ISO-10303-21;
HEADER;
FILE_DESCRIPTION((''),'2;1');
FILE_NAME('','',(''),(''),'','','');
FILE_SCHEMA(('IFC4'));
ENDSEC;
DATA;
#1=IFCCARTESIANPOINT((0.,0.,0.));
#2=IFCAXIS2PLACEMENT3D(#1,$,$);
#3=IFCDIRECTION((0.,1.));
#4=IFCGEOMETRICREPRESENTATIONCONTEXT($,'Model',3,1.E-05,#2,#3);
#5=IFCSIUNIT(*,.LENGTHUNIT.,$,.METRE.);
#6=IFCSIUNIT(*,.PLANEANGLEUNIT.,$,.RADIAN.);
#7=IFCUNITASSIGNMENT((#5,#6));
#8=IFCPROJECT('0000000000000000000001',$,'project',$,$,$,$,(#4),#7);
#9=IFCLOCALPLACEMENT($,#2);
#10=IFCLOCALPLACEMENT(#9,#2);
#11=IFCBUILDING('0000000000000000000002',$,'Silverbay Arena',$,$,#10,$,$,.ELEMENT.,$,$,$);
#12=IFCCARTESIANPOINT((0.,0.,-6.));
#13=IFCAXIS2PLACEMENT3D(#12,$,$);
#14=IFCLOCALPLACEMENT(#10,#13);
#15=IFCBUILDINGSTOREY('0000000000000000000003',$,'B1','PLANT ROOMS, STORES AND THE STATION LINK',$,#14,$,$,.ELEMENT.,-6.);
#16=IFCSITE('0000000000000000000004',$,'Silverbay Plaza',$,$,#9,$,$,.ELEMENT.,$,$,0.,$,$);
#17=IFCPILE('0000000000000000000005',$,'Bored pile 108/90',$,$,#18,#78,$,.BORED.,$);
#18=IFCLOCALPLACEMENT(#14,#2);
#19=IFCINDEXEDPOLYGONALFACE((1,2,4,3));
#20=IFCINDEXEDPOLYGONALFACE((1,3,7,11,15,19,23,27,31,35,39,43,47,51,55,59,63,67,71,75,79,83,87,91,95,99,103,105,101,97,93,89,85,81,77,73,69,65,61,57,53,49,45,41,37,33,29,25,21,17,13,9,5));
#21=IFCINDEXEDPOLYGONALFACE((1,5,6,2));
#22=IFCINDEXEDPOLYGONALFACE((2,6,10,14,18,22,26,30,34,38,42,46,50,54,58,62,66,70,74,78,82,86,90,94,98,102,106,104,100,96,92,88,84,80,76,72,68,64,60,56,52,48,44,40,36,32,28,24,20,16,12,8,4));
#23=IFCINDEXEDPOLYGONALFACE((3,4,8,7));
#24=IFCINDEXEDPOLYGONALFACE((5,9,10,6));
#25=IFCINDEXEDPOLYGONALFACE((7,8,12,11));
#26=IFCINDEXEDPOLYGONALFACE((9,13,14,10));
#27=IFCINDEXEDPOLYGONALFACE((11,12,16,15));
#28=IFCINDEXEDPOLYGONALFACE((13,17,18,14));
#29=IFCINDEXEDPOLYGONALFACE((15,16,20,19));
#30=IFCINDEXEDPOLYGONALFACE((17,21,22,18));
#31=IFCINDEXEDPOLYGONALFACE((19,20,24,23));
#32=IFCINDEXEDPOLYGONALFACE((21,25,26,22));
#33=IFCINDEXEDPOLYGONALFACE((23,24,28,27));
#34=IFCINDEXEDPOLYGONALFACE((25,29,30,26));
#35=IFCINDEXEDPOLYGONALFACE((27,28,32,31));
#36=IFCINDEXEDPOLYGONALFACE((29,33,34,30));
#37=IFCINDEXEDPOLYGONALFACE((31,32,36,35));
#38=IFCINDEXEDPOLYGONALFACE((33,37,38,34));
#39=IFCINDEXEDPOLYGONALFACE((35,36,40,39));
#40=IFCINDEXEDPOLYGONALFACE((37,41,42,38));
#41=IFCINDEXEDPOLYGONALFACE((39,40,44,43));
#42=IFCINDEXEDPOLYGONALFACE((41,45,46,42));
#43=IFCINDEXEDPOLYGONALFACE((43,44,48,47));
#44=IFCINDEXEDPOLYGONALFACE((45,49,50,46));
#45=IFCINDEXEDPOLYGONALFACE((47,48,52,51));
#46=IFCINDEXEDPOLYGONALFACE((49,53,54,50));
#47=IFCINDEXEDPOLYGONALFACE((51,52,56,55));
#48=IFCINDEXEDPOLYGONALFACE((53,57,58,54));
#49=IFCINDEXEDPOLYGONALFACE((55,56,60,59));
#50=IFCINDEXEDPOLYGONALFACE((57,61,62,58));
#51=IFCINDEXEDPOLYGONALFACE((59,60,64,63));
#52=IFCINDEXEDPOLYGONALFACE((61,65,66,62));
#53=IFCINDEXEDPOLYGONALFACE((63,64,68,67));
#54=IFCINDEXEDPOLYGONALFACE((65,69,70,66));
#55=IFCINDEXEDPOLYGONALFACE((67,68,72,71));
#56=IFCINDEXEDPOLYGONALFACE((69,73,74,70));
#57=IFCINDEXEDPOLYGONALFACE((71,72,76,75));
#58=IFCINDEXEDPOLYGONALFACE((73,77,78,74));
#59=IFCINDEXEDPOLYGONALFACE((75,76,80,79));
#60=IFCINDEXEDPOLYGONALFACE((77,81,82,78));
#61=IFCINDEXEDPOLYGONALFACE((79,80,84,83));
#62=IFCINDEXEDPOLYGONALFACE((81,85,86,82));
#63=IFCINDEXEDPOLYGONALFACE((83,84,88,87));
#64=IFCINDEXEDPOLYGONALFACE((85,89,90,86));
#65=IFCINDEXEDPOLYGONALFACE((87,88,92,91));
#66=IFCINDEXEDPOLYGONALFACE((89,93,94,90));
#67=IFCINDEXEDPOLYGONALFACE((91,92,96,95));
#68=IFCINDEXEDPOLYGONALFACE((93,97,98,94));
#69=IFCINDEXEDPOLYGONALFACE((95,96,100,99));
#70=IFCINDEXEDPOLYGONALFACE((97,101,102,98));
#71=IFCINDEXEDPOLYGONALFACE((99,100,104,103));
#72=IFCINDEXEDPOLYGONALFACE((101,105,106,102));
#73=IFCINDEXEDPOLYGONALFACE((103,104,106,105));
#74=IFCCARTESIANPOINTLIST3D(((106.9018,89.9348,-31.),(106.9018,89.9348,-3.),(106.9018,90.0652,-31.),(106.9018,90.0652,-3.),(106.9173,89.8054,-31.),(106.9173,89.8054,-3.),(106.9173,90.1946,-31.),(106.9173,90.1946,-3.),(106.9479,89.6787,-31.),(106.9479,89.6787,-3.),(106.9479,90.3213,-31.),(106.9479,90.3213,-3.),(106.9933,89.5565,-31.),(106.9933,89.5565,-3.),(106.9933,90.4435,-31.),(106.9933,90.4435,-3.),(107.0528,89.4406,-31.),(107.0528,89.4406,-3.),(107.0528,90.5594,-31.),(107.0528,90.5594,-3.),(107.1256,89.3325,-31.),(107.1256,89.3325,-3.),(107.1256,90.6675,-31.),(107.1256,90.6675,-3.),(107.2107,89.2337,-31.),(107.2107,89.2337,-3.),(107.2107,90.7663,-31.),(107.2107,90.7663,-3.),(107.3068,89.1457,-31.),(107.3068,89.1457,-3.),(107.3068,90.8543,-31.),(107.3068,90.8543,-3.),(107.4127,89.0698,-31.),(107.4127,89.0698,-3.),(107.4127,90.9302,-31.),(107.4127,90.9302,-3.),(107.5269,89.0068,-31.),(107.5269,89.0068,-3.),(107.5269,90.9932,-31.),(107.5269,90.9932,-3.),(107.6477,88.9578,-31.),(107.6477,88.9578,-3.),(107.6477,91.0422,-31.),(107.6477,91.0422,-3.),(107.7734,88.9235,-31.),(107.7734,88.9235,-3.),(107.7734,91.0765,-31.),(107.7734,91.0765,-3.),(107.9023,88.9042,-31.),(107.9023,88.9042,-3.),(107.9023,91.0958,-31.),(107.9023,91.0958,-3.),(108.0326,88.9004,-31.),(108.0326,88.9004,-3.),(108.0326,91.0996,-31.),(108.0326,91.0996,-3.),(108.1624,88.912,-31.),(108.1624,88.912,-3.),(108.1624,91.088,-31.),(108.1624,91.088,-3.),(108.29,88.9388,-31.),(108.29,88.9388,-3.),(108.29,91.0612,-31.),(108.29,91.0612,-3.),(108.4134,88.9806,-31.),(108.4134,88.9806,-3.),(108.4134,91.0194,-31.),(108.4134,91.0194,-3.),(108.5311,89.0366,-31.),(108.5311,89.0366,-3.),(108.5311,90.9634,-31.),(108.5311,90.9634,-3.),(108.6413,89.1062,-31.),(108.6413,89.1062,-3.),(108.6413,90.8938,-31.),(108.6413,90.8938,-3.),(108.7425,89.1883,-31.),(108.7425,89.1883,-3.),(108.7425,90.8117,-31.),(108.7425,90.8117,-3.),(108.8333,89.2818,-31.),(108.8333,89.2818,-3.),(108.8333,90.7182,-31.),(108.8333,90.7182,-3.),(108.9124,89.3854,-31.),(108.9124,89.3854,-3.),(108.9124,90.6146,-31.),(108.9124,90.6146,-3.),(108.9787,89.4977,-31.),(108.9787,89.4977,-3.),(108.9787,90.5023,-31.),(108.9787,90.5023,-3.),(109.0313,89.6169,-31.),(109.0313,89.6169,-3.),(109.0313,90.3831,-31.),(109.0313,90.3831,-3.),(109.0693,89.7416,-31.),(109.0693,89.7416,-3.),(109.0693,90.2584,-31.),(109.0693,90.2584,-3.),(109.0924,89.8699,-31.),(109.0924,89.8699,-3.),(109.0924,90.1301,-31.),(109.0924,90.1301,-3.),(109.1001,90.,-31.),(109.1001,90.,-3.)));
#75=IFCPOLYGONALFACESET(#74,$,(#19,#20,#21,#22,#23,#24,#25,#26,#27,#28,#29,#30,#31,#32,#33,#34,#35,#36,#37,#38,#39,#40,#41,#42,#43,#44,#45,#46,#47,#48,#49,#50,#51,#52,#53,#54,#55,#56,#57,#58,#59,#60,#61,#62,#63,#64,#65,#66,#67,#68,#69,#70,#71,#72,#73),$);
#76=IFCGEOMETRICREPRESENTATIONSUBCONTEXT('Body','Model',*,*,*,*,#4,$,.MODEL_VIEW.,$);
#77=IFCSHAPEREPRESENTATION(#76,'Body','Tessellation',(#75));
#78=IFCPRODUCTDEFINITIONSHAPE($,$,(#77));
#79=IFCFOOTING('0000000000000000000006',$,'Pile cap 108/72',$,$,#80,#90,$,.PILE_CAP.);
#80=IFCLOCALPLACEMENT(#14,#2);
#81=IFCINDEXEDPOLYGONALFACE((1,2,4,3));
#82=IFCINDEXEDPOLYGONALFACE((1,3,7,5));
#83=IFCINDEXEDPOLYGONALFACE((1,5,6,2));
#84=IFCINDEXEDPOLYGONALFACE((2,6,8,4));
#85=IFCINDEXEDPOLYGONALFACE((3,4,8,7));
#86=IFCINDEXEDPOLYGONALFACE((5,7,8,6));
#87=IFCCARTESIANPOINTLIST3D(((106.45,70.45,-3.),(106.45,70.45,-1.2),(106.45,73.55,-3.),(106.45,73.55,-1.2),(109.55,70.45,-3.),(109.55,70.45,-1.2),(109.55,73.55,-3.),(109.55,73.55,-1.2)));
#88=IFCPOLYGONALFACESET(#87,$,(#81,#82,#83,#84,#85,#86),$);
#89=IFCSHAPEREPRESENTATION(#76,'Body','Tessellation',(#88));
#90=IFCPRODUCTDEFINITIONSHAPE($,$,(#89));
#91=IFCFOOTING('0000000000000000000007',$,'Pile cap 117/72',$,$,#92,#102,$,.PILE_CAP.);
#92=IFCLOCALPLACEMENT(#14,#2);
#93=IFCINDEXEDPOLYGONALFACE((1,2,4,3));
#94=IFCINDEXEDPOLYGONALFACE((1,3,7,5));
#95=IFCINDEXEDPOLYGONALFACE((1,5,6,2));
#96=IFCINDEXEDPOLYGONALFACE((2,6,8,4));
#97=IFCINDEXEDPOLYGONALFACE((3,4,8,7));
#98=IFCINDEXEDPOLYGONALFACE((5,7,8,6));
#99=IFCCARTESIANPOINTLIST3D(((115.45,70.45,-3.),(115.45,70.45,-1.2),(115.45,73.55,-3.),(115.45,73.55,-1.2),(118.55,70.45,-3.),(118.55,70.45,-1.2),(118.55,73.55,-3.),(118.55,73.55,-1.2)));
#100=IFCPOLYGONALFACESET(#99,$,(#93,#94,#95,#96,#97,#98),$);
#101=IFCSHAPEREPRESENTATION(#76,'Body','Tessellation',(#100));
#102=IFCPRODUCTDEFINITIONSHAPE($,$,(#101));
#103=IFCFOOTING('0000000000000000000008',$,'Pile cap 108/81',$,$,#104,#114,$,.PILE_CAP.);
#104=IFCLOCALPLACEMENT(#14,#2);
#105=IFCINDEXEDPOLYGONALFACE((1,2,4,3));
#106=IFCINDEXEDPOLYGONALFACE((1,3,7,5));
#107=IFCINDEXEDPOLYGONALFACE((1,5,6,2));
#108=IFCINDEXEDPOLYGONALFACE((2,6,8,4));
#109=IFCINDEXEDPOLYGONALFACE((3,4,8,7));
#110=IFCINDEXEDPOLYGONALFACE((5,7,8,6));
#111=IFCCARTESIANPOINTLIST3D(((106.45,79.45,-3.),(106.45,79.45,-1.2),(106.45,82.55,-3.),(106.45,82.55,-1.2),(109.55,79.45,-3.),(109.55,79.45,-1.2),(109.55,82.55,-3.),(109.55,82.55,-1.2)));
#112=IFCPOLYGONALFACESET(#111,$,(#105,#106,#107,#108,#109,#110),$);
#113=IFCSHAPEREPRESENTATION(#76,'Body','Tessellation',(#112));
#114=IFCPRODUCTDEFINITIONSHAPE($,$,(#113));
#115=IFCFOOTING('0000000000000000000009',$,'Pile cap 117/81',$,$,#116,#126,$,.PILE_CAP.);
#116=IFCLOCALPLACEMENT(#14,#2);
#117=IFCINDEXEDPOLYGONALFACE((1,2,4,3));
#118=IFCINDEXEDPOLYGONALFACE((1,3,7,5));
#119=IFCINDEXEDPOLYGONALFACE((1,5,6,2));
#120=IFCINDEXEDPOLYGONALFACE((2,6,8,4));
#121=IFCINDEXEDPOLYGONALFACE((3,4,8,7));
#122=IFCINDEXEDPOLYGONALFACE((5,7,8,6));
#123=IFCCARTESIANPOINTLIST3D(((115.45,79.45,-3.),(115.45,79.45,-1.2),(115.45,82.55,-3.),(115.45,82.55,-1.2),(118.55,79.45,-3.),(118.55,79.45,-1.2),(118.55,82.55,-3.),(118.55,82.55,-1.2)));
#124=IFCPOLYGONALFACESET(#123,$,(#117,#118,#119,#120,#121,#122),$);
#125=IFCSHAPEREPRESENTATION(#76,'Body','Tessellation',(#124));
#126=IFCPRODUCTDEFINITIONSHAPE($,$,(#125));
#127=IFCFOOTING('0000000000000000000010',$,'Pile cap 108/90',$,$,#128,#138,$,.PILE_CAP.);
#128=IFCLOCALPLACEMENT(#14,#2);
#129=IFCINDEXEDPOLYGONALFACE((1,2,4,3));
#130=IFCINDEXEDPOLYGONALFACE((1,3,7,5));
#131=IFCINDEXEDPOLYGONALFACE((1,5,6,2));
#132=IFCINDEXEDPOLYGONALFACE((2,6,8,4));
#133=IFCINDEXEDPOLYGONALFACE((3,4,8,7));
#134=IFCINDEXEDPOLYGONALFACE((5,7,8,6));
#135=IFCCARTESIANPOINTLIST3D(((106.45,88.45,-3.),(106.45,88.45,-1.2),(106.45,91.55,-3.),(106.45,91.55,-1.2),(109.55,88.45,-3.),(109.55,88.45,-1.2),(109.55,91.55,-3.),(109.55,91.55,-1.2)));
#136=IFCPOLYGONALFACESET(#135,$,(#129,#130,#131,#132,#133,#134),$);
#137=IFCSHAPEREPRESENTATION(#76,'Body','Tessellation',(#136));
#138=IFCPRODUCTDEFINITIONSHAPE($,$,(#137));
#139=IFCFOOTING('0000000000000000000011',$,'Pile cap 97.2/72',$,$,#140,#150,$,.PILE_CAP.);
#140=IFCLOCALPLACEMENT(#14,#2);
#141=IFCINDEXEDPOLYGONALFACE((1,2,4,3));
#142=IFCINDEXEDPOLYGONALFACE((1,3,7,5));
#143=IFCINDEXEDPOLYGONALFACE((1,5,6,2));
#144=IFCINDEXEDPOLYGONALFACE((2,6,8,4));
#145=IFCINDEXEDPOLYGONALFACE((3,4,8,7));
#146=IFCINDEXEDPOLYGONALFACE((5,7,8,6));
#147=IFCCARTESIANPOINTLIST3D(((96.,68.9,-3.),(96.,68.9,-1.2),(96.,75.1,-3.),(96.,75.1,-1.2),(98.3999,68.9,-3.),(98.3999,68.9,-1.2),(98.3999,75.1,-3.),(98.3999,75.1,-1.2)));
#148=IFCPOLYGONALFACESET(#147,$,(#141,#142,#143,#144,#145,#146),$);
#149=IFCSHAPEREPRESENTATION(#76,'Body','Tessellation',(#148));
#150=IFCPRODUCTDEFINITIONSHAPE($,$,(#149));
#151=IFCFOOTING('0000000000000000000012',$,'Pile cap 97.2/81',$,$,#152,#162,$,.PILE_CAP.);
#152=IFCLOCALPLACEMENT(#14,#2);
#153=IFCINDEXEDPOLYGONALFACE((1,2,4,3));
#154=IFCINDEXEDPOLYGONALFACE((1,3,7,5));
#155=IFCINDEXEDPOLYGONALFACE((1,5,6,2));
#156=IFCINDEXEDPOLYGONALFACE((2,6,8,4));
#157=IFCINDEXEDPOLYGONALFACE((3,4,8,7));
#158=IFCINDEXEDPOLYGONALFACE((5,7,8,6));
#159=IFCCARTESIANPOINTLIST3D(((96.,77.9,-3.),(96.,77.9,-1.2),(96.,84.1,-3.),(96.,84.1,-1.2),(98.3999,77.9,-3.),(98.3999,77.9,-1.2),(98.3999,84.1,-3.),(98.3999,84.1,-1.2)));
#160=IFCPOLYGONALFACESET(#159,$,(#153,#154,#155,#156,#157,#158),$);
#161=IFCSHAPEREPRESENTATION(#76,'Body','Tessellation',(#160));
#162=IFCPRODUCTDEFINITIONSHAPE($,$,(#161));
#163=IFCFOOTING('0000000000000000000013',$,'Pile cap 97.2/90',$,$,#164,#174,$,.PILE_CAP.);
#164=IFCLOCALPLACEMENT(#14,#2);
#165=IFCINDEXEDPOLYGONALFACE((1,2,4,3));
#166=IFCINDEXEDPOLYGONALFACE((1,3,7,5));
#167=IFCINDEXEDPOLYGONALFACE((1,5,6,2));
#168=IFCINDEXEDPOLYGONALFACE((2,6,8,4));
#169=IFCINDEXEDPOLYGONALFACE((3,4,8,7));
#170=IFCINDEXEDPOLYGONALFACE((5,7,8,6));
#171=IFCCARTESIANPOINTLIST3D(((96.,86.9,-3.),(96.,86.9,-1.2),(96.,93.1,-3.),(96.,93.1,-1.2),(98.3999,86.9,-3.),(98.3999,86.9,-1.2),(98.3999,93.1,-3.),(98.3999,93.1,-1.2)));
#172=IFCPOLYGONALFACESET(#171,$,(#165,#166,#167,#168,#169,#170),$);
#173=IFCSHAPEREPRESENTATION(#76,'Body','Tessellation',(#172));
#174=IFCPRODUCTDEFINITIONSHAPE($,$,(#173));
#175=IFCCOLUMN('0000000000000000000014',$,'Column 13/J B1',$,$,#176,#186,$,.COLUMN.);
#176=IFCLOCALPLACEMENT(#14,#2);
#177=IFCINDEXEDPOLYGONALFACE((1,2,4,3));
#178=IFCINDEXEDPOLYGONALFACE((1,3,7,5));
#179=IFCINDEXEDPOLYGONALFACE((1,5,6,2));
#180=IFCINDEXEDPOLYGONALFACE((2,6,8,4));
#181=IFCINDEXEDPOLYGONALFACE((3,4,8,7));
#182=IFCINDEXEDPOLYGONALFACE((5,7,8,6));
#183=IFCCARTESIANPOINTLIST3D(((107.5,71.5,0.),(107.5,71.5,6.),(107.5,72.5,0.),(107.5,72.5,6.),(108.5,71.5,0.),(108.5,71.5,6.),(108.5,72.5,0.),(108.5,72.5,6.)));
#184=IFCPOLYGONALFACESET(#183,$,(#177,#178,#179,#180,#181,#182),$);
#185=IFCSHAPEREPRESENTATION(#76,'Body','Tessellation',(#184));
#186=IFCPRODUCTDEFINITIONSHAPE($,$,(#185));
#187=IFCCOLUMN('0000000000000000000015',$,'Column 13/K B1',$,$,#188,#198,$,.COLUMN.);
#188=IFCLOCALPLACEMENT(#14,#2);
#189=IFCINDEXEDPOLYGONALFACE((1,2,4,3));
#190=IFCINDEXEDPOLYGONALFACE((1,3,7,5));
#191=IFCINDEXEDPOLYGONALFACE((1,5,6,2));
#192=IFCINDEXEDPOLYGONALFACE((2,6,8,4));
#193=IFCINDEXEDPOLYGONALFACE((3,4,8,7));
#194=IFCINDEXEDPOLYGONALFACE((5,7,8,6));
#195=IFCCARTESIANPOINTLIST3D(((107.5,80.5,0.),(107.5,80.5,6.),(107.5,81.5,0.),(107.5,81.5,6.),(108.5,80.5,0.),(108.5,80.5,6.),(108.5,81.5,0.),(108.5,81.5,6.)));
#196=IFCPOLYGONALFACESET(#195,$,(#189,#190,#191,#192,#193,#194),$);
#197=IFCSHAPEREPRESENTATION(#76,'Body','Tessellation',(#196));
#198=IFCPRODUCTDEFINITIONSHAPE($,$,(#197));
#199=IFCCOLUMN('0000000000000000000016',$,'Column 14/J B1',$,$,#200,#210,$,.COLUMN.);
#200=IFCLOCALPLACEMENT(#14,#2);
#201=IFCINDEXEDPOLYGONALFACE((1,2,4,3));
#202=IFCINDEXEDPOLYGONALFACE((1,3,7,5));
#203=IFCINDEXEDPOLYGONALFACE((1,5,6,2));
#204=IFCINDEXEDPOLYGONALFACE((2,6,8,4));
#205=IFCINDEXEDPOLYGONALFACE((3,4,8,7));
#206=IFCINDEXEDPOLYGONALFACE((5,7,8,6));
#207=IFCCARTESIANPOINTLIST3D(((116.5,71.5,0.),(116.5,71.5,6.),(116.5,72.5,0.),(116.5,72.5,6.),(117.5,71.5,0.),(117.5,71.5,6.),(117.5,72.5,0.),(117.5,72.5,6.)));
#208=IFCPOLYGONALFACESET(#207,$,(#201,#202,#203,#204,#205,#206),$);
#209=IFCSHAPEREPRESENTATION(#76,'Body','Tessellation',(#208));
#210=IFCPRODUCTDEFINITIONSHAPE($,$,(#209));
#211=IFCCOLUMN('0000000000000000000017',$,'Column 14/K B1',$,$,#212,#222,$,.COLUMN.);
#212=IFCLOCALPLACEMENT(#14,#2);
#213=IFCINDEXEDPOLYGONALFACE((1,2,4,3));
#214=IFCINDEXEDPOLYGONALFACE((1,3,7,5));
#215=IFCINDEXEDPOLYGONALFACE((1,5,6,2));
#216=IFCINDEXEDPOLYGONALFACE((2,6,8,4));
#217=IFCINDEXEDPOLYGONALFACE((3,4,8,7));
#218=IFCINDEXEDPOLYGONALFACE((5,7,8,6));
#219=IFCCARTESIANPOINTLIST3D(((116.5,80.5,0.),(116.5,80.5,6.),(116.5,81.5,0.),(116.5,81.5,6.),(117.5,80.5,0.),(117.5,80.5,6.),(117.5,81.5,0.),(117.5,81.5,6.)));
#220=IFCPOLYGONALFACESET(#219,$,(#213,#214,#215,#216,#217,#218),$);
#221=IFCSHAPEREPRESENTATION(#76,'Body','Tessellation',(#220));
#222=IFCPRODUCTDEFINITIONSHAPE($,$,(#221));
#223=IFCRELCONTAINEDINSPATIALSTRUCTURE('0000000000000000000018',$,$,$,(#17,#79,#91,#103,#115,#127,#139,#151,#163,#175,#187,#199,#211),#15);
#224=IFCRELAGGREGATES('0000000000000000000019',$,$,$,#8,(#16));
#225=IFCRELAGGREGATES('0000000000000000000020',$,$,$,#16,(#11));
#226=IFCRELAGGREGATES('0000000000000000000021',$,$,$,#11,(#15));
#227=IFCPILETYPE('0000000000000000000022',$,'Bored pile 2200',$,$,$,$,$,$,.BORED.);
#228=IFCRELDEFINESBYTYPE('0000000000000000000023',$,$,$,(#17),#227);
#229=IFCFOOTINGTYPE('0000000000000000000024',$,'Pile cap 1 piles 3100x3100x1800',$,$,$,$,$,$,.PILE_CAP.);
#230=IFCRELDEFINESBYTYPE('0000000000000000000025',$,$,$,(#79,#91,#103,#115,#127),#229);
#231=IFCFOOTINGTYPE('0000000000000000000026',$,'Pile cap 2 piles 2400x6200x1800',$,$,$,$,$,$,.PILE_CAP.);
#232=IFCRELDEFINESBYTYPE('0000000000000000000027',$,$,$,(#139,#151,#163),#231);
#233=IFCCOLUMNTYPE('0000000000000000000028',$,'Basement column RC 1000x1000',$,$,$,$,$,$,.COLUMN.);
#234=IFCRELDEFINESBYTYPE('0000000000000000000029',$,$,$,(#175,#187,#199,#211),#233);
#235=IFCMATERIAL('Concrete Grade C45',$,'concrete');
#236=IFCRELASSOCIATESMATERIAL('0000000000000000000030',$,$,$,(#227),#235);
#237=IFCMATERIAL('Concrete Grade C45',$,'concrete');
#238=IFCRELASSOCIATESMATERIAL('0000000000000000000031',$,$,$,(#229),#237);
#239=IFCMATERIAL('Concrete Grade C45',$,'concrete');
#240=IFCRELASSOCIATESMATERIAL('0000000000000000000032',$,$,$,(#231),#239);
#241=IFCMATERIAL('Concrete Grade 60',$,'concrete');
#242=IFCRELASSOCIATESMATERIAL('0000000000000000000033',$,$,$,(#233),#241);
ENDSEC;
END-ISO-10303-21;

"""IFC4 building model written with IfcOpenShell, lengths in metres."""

from ifc_helpers import new_model, si_unit, direction, frame, origin, origin_2d, place, context, subcontext, project, spatial, rectangle, circle, extrude, material, material_profile, profile_set, type_object, element, save


model = new_model("IFC4")

# Units and contexts
model_context = context("Model", 3, precision=1e-05, world=origin(), true_north=direction((0.0, 1.0)))
body_context = subcontext(model_context, "Body", "Model", "MODEL_VIEW")
ifc_project = project(units=[si_unit("LENGTHUNIT", "METRE"), si_unit("PLANEANGLEUNIT", "RADIAN")], contexts=[model_context])

# Site, building, storey
site_placement = place(None, origin())
site = spatial("IfcSite", under=ifc_project, at=site_placement, Name="Silverbay Plaza", CompositionType="ELEMENT", RefElevation=0.0)
building_placement = place(site_placement, origin())
building = spatial("IfcBuilding", under=site, at=building_placement, Name="Silverbay Arena", CompositionType="ELEMENT")
storey_placement = place(building_placement, frame((0.0, 0.0, -6.0)))
storey = spatial("IfcBuildingStorey", under=building, at=storey_placement, Name="B1", Description="PLANT ROOMS, STORES AND THE STATION LINK", CompositionType="ELEMENT", Elevation=-6.0)

# Pile
ifc_material_1 = material(Name="Concrete Grade C45", Category="concrete")
ifc_material_profile_1 = material_profile(ifc_material_1, circle(Radius=1.1001, at=origin_2d()), Name="Bored pile 2200")
ifc_profile_set_1 = profile_set([ifc_material_profile_1], Name="Concrete Grade C45")
pile_type_1 = type_object("IfcPileType", Name="Bored pile 2200", PredefinedType="BORED", material=ifc_profile_set_1)
for number, where, z_axis, x_axis, name in (
    (1, (108.0, 90.0, -3.0), (0.0, 0.0, -1.0), (1.0, 0.0, 0.0), "Bored pile 108/90"),
):
    element("IfcPile", number, at=place(storey_placement, frame(where, z_axis=z_axis, x_axis=x_axis)), inside=storey, type_object=pile_type_1, Name=name, PredefinedType="BORED", context=body_context, shape_type="SweptSolid", body=[
        extrude(circle(Radius=1.1001, at=origin_2d()), origin(), (0.0, 0.0, 1.0), 28.0),
    ])

# Footings
ifc_material_2 = material(Name="Concrete Grade C45", Category="concrete")
footing_type_1 = type_object("IfcFootingType", Name="Pile cap 1 piles 3100x3100x1800", PredefinedType="PILE_CAP", material=ifc_material_2)
for number, where, z_axis, x_axis, name in (
    (2, (108.0, 72.0, -3.0), (0.0, 0.0, 1.0), (1.0, 0.0, 0.0), "Pile cap 108/72"),
    (3, (117.0, 72.0, -3.0), (0.0, 0.0, 1.0), (1.0, 0.0, 0.0), "Pile cap 117/72"),
    (4, (108.0, 81.0, -3.0), (0.0, 0.0, 1.0), (1.0, 0.0, 0.0), "Pile cap 108/81"),
    (5, (117.0, 81.0, -3.0), (0.0, 0.0, 1.0), (1.0, 0.0, 0.0), "Pile cap 117/81"),
    (6, (108.0, 90.0, -3.0), (0.0, 0.0, 1.0), (1.0, 0.0, 0.0), "Pile cap 108/90"),
):
    element("IfcFooting", number, at=place(storey_placement, frame(where, z_axis=z_axis, x_axis=x_axis)), inside=storey, type_object=footing_type_1, Name=name, PredefinedType="PILE_CAP", context=body_context, shape_type="SweptSolid", body=[
        extrude(rectangle(XDim=3.1001, YDim=3.1001, at=origin_2d()), origin(), (0.0, 0.0, 1.0), 1.8),
    ])
ifc_material_3 = material(Name="Concrete Grade C45", Category="concrete")
footing_type_2 = type_object("IfcFootingType", Name="Pile cap 2 piles 2400x6200x1800", PredefinedType="PILE_CAP", material=ifc_material_3)
for number, where, z_axis, x_axis, name in (
    (7, (97.2, 72.0, -3.0), (0.0, 0.0, 1.0), (1.0, 0.0, 0.0), "Pile cap 97.2/72"),
    (8, (97.2, 81.0, -3.0), (0.0, 0.0, 1.0), (1.0, 0.0, 0.0), "Pile cap 97.2/81"),
    (9, (97.2, 90.0, -3.0), (0.0, 0.0, 1.0), (1.0, 0.0, 0.0), "Pile cap 97.2/90"),
):
    element("IfcFooting", number, at=place(storey_placement, frame(where, z_axis=z_axis, x_axis=x_axis)), inside=storey, type_object=footing_type_2, Name=name, PredefinedType="PILE_CAP", context=body_context, shape_type="SweptSolid", body=[
        extrude(rectangle(XDim=2.3999, YDim=6.2, at=origin_2d()), origin(), (0.0, 0.0, 1.0), 1.8),
    ])

# Columns
ifc_material_4 = material(Name="Concrete Grade 60", Category="concrete")
ifc_material_profile_2 = material_profile(ifc_material_4, rectangle(XDim=1.0, YDim=1.0, at=origin_2d()), Name="RC 1000x1000")
ifc_profile_set_2 = profile_set([ifc_material_profile_2], Name="Concrete Grade 60")
column_type_1 = type_object("IfcColumnType", Name="Basement column RC 1000x1000", PredefinedType="COLUMN", material=ifc_profile_set_2)
for number, where, z_axis, x_axis, name in (
    (10, (108.0, 72.0, 0.0), (0.0, 0.0, 1.0), (1.0, 0.0, 0.0), "Column 13/J B1"),
    (11, (108.0, 81.0, 0.0), (0.0, 0.0, 1.0), (1.0, 0.0, 0.0), "Column 13/K B1"),
    (12, (117.0, 72.0, 0.0), (0.0, 0.0, 1.0), (1.0, 0.0, 0.0), "Column 14/J B1"),
    (13, (117.0, 81.0, 0.0), (0.0, 0.0, 1.0), (1.0, 0.0, 0.0), "Column 14/K B1"),
):
    element("IfcColumn", number, at=place(storey_placement, frame(where, z_axis=z_axis, x_axis=x_axis)), inside=storey, type_object=column_type_1, Name=name, PredefinedType="COLUMN", context=body_context, shape_type="SweptSolid", body=[
        extrude(rectangle(XDim=1.0, YDim=1.0, at=origin_2d()), origin(), (0.0, 0.0, 1.0), 6.0),
    ])

save(model, "model.ifc")
